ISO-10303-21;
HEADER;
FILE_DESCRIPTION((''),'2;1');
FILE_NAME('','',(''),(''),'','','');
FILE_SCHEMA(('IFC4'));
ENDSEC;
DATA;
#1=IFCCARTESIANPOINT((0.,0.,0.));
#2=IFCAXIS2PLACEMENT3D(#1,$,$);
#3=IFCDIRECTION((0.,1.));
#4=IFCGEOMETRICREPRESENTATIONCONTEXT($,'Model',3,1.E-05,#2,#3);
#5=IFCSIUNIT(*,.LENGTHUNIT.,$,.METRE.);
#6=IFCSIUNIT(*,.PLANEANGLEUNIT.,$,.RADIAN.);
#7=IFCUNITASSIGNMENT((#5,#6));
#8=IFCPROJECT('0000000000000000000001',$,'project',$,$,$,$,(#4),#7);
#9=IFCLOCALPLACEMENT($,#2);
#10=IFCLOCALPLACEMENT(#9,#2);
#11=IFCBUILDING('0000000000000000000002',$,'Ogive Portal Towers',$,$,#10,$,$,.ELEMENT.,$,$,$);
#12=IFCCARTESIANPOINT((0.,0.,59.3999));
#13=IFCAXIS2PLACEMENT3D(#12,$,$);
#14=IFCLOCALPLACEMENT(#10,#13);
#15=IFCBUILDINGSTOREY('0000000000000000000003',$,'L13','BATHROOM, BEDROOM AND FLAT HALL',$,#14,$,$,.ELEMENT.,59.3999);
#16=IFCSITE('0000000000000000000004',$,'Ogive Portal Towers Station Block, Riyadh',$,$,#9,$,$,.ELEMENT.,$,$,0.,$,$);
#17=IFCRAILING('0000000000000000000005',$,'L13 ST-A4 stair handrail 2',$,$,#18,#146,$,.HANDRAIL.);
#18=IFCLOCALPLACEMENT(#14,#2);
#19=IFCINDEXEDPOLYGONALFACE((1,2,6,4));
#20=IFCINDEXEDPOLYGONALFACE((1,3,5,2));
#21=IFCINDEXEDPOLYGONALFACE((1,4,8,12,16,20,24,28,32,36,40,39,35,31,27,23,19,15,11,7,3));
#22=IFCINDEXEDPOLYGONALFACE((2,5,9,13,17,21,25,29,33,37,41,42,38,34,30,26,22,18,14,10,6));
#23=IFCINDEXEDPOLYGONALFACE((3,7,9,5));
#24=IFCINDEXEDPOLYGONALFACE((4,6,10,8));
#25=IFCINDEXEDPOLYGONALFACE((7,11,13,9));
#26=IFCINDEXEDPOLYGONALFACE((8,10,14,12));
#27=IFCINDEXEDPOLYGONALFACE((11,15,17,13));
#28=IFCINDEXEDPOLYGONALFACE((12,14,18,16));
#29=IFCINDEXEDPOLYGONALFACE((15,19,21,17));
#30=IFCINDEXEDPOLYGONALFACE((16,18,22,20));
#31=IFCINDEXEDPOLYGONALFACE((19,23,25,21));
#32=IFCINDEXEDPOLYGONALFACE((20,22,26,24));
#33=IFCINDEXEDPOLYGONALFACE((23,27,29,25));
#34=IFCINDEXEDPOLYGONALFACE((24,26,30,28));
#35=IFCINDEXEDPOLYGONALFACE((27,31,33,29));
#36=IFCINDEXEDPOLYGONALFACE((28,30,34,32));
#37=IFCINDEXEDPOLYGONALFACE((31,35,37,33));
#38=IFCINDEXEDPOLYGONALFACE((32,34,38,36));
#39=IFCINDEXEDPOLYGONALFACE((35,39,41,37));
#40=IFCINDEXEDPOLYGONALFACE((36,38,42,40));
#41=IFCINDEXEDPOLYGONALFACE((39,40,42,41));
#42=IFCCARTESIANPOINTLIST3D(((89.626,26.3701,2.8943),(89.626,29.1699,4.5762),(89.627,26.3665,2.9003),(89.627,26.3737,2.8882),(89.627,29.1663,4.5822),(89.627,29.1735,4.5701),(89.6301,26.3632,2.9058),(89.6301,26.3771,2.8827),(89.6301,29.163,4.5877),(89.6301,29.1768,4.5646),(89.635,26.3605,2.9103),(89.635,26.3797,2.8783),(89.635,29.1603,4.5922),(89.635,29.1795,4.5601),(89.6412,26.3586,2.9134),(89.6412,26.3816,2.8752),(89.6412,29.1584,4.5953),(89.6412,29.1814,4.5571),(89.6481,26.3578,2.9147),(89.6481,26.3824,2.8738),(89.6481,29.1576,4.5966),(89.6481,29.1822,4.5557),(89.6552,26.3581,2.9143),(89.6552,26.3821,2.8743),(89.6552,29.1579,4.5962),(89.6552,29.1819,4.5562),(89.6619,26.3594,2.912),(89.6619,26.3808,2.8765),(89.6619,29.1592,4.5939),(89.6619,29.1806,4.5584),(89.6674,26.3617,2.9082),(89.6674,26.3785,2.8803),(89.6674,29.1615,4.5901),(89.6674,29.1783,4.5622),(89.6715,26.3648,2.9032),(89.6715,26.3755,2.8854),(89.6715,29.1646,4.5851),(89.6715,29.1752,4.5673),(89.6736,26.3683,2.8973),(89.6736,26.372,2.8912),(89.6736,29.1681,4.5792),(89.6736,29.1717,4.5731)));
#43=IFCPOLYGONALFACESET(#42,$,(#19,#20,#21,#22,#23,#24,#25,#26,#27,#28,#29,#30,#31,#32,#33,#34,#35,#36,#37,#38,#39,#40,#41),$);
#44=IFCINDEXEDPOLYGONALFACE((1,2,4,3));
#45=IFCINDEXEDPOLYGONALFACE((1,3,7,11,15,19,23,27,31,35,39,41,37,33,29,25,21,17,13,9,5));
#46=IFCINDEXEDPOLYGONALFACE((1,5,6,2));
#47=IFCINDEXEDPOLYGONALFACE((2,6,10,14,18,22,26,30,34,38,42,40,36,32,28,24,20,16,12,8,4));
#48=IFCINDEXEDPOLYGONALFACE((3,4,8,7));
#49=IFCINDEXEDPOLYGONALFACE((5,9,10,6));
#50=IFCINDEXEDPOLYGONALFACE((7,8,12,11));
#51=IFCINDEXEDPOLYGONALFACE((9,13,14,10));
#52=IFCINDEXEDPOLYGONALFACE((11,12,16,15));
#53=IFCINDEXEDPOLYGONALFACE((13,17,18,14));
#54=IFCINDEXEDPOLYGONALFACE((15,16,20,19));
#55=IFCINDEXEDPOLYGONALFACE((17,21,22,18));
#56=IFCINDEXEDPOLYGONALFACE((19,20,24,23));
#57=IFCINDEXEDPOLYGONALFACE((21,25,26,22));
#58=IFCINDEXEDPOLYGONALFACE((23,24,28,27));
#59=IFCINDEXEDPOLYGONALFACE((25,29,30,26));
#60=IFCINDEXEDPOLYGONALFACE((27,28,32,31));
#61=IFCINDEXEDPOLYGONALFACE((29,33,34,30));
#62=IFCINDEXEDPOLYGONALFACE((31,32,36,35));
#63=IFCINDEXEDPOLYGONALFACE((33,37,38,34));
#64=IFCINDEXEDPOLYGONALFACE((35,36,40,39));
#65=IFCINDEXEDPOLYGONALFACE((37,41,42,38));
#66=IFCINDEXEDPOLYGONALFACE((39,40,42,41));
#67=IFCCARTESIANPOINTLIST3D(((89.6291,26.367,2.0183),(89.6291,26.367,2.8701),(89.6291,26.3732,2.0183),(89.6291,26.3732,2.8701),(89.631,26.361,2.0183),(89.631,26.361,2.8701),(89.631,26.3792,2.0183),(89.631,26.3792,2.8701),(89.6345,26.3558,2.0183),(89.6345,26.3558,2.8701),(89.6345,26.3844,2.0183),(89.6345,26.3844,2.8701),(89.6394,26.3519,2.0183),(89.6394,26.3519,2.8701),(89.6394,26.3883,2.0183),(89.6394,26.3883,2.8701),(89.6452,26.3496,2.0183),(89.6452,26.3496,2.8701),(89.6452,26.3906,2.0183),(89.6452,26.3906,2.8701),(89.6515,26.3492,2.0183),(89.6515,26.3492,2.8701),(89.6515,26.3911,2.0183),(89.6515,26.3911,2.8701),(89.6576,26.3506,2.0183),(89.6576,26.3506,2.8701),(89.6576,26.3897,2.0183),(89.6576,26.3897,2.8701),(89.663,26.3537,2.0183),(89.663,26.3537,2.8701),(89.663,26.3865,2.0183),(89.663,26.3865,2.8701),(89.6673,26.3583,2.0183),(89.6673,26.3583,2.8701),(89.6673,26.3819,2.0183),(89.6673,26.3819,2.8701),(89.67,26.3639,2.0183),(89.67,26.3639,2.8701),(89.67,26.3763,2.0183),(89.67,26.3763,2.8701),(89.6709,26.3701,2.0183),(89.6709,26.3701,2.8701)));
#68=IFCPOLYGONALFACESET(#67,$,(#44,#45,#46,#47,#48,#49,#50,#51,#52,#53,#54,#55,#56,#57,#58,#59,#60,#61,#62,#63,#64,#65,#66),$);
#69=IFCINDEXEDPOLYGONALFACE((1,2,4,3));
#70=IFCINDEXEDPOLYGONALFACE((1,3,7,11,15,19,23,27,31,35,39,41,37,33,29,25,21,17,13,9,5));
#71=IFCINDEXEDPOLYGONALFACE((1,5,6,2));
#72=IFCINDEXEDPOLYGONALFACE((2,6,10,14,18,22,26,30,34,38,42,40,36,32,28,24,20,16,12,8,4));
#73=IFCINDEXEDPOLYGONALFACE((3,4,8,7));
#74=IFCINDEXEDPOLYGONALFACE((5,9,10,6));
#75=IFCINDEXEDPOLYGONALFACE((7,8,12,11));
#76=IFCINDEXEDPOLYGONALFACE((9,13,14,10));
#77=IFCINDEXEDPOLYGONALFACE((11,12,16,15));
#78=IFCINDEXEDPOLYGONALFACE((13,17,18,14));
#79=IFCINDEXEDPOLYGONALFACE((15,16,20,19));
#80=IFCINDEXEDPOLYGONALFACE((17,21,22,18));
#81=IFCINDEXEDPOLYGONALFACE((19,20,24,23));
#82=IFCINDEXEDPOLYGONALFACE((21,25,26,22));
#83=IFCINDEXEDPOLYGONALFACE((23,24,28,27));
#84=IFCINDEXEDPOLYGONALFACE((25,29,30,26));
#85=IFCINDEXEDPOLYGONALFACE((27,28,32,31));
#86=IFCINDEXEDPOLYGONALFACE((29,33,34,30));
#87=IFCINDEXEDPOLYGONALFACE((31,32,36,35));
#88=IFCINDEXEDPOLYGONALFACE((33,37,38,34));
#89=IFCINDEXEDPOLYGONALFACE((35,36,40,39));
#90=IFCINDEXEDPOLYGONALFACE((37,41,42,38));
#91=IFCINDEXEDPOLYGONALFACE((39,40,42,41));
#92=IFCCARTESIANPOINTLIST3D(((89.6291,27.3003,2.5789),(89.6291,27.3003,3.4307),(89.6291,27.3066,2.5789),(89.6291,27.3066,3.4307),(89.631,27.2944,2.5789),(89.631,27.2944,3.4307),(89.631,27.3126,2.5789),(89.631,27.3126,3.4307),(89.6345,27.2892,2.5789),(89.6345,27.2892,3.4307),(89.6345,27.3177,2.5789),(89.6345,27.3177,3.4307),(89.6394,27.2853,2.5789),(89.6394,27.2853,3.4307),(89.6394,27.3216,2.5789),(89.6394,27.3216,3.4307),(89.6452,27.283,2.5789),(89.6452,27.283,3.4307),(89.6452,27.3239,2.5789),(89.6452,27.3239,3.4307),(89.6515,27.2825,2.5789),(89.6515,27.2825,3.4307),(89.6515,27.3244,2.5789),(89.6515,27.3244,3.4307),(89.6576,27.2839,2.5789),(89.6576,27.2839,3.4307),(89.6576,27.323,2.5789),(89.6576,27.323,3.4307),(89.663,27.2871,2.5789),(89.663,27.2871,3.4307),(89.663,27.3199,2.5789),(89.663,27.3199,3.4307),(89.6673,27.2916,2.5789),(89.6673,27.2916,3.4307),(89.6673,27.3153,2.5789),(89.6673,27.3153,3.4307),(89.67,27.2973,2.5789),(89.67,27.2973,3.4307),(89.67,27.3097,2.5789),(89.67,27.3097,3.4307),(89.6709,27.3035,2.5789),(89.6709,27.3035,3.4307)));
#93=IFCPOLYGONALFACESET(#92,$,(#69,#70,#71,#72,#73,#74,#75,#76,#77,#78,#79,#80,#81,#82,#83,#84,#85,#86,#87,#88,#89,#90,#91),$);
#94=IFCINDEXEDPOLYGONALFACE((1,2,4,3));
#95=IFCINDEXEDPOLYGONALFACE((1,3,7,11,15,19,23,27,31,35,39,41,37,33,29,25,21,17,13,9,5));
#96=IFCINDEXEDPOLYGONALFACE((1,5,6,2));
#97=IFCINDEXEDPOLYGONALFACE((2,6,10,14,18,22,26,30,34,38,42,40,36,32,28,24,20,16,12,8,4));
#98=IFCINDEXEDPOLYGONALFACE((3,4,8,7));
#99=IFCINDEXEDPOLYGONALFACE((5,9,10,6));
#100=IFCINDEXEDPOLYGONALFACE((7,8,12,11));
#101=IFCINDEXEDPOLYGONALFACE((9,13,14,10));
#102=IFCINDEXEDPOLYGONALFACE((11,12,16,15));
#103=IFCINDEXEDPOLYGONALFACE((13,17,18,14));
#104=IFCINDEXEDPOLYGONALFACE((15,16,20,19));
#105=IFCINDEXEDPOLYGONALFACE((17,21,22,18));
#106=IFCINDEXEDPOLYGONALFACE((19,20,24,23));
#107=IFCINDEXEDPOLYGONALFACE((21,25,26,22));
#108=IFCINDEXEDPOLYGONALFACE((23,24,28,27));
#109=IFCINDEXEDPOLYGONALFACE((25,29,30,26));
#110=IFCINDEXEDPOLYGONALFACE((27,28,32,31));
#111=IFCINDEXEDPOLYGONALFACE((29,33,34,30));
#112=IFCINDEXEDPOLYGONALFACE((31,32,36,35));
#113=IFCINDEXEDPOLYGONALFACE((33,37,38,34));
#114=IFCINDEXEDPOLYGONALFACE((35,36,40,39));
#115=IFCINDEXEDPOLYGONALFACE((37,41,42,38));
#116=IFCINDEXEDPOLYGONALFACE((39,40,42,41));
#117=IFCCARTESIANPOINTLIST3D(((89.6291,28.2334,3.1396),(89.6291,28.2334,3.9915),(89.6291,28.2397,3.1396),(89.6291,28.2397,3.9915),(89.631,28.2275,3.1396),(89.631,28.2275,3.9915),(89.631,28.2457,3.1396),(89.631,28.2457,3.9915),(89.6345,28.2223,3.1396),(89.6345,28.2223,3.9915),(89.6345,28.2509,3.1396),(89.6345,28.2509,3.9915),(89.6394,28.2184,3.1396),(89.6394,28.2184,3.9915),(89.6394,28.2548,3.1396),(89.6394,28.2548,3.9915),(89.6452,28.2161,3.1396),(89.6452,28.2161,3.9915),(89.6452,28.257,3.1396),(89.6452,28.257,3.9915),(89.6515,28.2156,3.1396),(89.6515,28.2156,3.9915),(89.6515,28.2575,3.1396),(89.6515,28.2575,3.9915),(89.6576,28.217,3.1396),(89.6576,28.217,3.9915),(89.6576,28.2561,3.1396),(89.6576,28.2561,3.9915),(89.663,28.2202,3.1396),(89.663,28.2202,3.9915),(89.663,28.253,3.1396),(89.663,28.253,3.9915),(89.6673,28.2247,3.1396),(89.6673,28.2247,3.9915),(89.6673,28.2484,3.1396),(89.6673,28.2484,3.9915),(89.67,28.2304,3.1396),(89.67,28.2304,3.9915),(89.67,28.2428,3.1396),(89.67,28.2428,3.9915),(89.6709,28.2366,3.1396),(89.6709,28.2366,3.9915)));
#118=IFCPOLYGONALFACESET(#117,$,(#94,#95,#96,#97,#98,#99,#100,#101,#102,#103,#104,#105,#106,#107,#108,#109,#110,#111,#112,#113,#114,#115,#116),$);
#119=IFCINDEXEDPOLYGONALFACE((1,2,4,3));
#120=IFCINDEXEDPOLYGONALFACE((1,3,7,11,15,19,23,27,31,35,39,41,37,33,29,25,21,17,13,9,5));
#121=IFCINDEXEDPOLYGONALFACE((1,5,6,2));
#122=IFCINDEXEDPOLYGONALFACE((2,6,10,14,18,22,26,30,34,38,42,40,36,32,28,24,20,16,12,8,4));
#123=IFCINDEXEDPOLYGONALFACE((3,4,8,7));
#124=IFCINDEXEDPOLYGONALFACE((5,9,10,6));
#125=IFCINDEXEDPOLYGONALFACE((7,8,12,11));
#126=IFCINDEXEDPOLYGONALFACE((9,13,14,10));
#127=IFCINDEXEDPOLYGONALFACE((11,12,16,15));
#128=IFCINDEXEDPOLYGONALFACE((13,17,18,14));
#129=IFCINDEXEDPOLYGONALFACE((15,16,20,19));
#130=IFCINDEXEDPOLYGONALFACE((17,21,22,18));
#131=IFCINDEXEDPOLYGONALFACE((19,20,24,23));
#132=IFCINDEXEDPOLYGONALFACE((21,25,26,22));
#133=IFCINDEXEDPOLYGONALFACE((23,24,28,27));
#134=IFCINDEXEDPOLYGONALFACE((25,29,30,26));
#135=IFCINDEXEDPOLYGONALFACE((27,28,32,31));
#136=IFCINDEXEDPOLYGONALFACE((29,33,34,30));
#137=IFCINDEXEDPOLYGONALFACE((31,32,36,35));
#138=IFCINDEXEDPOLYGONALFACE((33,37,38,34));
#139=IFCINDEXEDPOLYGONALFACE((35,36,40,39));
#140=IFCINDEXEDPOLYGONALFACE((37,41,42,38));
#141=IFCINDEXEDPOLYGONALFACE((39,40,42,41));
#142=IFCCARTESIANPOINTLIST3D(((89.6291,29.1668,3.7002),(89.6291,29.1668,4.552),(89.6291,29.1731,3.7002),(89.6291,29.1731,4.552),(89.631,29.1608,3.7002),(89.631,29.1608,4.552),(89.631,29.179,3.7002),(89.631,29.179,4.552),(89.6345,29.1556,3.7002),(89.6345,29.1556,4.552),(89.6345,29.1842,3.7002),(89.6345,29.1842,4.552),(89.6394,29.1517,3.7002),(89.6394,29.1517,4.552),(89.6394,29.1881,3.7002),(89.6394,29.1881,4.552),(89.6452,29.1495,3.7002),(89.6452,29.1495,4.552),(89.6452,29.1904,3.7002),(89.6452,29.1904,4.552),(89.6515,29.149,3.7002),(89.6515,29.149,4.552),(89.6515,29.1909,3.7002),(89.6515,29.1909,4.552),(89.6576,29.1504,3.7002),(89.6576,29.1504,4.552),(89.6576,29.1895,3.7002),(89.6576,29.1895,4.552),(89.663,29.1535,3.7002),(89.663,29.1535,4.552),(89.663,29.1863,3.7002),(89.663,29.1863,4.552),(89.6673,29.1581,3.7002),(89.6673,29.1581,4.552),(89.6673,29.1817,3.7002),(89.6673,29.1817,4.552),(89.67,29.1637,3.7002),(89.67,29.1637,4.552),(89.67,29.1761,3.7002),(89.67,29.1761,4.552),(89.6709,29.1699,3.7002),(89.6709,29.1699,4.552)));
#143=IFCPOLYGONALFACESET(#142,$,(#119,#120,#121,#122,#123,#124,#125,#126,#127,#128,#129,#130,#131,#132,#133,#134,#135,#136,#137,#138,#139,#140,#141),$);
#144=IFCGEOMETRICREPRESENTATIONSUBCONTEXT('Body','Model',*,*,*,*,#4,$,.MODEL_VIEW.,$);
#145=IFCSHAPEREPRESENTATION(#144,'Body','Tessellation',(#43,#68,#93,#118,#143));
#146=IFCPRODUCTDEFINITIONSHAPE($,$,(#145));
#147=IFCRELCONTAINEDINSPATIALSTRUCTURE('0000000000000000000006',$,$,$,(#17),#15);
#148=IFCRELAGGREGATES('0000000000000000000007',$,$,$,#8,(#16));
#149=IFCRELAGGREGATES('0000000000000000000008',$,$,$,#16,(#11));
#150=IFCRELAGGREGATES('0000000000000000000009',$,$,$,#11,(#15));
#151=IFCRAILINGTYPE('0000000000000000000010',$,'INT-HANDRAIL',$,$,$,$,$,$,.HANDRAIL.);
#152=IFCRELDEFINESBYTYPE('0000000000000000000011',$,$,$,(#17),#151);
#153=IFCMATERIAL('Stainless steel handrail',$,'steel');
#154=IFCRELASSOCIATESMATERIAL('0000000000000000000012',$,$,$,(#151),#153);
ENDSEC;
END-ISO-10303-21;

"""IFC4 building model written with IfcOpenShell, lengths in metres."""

from ifc_helpers import new_model, si_unit, direction, frame, origin, origin_2d, place, context, subcontext, project, spatial, circle, extrude, material, type_object, element, save


model = new_model("IFC4")

# Units and contexts
model_context = context("Model", 3, precision=1e-05, world=origin(), true_north=direction((0.0, 1.0)))
body_context = subcontext(model_context, "Body", "Model", "MODEL_VIEW")
ifc_project = project(units=[si_unit("LENGTHUNIT", "METRE"), si_unit("PLANEANGLEUNIT", "RADIAN")], contexts=[model_context])

# Site, building, storey
site_placement = place(None, origin())
site = spatial("IfcSite", under=ifc_project, at=site_placement, Name="Ogive Portal Towers Station Block, Riyadh", CompositionType="ELEMENT", RefElevation=0.0)
building_placement = place(site_placement, origin())
building = spatial("IfcBuilding", under=site, at=building_placement, Name="Ogive Portal Towers", CompositionType="ELEMENT")
storey_placement = place(building_placement, frame((0.0, 0.0, 59.3999)))
storey = spatial("IfcBuildingStorey", under=building, at=storey_placement, Name="L13", Description="BATHROOM, BEDROOM AND FLAT HALL", CompositionType="ELEMENT", Elevation=59.3999)

# Railing
ifc_material_1 = material(Name="Stainless steel handrail", Category="steel")
railing_type_1 = type_object("IfcRailingType", Name="INT-HANDRAIL", PredefinedType="HANDRAIL", material=ifc_material_1)
railing_1_placement = place(storey_placement, frame((89.6499, 26.3701, 2.0183)))
element("IfcRailing", 1, at=railing_1_placement, inside=storey, type_object=railing_type_1, Name="L13 ST-A4 stair handrail 2", PredefinedType="HANDRAIL", context=body_context, shape_type="SweptSolid", body=[
    extrude(circle(Radius=0.0239, at=origin_2d()), frame((0.0, 0.0, 0.876), z_axis=(0.0, 0.857222, 0.514946), x_axis=(-1.0, 0.0, 0.0)), (0.0, 0.0, 1.0), 3.2661),
    extrude(circle(Radius=0.021, at=origin_2d()), origin(), (0.0, 0.0, 1.0), 0.8518),
    extrude(circle(Radius=0.021, at=origin_2d()), frame((0.0, 0.9333, 0.5605)), (0.0, 0.0, 1.0), 0.8518),
    extrude(circle(Radius=0.021, at=origin_2d()), frame((0.0, 1.8665, 1.1213)), (0.0, 0.0, 1.0), 0.8518),
    extrude(circle(Radius=0.021, at=origin_2d()), frame((0.0, 2.7998, 1.6819)), (0.0, 0.0, 1.0), 0.8518),
])

save(model, "model.ifc")
